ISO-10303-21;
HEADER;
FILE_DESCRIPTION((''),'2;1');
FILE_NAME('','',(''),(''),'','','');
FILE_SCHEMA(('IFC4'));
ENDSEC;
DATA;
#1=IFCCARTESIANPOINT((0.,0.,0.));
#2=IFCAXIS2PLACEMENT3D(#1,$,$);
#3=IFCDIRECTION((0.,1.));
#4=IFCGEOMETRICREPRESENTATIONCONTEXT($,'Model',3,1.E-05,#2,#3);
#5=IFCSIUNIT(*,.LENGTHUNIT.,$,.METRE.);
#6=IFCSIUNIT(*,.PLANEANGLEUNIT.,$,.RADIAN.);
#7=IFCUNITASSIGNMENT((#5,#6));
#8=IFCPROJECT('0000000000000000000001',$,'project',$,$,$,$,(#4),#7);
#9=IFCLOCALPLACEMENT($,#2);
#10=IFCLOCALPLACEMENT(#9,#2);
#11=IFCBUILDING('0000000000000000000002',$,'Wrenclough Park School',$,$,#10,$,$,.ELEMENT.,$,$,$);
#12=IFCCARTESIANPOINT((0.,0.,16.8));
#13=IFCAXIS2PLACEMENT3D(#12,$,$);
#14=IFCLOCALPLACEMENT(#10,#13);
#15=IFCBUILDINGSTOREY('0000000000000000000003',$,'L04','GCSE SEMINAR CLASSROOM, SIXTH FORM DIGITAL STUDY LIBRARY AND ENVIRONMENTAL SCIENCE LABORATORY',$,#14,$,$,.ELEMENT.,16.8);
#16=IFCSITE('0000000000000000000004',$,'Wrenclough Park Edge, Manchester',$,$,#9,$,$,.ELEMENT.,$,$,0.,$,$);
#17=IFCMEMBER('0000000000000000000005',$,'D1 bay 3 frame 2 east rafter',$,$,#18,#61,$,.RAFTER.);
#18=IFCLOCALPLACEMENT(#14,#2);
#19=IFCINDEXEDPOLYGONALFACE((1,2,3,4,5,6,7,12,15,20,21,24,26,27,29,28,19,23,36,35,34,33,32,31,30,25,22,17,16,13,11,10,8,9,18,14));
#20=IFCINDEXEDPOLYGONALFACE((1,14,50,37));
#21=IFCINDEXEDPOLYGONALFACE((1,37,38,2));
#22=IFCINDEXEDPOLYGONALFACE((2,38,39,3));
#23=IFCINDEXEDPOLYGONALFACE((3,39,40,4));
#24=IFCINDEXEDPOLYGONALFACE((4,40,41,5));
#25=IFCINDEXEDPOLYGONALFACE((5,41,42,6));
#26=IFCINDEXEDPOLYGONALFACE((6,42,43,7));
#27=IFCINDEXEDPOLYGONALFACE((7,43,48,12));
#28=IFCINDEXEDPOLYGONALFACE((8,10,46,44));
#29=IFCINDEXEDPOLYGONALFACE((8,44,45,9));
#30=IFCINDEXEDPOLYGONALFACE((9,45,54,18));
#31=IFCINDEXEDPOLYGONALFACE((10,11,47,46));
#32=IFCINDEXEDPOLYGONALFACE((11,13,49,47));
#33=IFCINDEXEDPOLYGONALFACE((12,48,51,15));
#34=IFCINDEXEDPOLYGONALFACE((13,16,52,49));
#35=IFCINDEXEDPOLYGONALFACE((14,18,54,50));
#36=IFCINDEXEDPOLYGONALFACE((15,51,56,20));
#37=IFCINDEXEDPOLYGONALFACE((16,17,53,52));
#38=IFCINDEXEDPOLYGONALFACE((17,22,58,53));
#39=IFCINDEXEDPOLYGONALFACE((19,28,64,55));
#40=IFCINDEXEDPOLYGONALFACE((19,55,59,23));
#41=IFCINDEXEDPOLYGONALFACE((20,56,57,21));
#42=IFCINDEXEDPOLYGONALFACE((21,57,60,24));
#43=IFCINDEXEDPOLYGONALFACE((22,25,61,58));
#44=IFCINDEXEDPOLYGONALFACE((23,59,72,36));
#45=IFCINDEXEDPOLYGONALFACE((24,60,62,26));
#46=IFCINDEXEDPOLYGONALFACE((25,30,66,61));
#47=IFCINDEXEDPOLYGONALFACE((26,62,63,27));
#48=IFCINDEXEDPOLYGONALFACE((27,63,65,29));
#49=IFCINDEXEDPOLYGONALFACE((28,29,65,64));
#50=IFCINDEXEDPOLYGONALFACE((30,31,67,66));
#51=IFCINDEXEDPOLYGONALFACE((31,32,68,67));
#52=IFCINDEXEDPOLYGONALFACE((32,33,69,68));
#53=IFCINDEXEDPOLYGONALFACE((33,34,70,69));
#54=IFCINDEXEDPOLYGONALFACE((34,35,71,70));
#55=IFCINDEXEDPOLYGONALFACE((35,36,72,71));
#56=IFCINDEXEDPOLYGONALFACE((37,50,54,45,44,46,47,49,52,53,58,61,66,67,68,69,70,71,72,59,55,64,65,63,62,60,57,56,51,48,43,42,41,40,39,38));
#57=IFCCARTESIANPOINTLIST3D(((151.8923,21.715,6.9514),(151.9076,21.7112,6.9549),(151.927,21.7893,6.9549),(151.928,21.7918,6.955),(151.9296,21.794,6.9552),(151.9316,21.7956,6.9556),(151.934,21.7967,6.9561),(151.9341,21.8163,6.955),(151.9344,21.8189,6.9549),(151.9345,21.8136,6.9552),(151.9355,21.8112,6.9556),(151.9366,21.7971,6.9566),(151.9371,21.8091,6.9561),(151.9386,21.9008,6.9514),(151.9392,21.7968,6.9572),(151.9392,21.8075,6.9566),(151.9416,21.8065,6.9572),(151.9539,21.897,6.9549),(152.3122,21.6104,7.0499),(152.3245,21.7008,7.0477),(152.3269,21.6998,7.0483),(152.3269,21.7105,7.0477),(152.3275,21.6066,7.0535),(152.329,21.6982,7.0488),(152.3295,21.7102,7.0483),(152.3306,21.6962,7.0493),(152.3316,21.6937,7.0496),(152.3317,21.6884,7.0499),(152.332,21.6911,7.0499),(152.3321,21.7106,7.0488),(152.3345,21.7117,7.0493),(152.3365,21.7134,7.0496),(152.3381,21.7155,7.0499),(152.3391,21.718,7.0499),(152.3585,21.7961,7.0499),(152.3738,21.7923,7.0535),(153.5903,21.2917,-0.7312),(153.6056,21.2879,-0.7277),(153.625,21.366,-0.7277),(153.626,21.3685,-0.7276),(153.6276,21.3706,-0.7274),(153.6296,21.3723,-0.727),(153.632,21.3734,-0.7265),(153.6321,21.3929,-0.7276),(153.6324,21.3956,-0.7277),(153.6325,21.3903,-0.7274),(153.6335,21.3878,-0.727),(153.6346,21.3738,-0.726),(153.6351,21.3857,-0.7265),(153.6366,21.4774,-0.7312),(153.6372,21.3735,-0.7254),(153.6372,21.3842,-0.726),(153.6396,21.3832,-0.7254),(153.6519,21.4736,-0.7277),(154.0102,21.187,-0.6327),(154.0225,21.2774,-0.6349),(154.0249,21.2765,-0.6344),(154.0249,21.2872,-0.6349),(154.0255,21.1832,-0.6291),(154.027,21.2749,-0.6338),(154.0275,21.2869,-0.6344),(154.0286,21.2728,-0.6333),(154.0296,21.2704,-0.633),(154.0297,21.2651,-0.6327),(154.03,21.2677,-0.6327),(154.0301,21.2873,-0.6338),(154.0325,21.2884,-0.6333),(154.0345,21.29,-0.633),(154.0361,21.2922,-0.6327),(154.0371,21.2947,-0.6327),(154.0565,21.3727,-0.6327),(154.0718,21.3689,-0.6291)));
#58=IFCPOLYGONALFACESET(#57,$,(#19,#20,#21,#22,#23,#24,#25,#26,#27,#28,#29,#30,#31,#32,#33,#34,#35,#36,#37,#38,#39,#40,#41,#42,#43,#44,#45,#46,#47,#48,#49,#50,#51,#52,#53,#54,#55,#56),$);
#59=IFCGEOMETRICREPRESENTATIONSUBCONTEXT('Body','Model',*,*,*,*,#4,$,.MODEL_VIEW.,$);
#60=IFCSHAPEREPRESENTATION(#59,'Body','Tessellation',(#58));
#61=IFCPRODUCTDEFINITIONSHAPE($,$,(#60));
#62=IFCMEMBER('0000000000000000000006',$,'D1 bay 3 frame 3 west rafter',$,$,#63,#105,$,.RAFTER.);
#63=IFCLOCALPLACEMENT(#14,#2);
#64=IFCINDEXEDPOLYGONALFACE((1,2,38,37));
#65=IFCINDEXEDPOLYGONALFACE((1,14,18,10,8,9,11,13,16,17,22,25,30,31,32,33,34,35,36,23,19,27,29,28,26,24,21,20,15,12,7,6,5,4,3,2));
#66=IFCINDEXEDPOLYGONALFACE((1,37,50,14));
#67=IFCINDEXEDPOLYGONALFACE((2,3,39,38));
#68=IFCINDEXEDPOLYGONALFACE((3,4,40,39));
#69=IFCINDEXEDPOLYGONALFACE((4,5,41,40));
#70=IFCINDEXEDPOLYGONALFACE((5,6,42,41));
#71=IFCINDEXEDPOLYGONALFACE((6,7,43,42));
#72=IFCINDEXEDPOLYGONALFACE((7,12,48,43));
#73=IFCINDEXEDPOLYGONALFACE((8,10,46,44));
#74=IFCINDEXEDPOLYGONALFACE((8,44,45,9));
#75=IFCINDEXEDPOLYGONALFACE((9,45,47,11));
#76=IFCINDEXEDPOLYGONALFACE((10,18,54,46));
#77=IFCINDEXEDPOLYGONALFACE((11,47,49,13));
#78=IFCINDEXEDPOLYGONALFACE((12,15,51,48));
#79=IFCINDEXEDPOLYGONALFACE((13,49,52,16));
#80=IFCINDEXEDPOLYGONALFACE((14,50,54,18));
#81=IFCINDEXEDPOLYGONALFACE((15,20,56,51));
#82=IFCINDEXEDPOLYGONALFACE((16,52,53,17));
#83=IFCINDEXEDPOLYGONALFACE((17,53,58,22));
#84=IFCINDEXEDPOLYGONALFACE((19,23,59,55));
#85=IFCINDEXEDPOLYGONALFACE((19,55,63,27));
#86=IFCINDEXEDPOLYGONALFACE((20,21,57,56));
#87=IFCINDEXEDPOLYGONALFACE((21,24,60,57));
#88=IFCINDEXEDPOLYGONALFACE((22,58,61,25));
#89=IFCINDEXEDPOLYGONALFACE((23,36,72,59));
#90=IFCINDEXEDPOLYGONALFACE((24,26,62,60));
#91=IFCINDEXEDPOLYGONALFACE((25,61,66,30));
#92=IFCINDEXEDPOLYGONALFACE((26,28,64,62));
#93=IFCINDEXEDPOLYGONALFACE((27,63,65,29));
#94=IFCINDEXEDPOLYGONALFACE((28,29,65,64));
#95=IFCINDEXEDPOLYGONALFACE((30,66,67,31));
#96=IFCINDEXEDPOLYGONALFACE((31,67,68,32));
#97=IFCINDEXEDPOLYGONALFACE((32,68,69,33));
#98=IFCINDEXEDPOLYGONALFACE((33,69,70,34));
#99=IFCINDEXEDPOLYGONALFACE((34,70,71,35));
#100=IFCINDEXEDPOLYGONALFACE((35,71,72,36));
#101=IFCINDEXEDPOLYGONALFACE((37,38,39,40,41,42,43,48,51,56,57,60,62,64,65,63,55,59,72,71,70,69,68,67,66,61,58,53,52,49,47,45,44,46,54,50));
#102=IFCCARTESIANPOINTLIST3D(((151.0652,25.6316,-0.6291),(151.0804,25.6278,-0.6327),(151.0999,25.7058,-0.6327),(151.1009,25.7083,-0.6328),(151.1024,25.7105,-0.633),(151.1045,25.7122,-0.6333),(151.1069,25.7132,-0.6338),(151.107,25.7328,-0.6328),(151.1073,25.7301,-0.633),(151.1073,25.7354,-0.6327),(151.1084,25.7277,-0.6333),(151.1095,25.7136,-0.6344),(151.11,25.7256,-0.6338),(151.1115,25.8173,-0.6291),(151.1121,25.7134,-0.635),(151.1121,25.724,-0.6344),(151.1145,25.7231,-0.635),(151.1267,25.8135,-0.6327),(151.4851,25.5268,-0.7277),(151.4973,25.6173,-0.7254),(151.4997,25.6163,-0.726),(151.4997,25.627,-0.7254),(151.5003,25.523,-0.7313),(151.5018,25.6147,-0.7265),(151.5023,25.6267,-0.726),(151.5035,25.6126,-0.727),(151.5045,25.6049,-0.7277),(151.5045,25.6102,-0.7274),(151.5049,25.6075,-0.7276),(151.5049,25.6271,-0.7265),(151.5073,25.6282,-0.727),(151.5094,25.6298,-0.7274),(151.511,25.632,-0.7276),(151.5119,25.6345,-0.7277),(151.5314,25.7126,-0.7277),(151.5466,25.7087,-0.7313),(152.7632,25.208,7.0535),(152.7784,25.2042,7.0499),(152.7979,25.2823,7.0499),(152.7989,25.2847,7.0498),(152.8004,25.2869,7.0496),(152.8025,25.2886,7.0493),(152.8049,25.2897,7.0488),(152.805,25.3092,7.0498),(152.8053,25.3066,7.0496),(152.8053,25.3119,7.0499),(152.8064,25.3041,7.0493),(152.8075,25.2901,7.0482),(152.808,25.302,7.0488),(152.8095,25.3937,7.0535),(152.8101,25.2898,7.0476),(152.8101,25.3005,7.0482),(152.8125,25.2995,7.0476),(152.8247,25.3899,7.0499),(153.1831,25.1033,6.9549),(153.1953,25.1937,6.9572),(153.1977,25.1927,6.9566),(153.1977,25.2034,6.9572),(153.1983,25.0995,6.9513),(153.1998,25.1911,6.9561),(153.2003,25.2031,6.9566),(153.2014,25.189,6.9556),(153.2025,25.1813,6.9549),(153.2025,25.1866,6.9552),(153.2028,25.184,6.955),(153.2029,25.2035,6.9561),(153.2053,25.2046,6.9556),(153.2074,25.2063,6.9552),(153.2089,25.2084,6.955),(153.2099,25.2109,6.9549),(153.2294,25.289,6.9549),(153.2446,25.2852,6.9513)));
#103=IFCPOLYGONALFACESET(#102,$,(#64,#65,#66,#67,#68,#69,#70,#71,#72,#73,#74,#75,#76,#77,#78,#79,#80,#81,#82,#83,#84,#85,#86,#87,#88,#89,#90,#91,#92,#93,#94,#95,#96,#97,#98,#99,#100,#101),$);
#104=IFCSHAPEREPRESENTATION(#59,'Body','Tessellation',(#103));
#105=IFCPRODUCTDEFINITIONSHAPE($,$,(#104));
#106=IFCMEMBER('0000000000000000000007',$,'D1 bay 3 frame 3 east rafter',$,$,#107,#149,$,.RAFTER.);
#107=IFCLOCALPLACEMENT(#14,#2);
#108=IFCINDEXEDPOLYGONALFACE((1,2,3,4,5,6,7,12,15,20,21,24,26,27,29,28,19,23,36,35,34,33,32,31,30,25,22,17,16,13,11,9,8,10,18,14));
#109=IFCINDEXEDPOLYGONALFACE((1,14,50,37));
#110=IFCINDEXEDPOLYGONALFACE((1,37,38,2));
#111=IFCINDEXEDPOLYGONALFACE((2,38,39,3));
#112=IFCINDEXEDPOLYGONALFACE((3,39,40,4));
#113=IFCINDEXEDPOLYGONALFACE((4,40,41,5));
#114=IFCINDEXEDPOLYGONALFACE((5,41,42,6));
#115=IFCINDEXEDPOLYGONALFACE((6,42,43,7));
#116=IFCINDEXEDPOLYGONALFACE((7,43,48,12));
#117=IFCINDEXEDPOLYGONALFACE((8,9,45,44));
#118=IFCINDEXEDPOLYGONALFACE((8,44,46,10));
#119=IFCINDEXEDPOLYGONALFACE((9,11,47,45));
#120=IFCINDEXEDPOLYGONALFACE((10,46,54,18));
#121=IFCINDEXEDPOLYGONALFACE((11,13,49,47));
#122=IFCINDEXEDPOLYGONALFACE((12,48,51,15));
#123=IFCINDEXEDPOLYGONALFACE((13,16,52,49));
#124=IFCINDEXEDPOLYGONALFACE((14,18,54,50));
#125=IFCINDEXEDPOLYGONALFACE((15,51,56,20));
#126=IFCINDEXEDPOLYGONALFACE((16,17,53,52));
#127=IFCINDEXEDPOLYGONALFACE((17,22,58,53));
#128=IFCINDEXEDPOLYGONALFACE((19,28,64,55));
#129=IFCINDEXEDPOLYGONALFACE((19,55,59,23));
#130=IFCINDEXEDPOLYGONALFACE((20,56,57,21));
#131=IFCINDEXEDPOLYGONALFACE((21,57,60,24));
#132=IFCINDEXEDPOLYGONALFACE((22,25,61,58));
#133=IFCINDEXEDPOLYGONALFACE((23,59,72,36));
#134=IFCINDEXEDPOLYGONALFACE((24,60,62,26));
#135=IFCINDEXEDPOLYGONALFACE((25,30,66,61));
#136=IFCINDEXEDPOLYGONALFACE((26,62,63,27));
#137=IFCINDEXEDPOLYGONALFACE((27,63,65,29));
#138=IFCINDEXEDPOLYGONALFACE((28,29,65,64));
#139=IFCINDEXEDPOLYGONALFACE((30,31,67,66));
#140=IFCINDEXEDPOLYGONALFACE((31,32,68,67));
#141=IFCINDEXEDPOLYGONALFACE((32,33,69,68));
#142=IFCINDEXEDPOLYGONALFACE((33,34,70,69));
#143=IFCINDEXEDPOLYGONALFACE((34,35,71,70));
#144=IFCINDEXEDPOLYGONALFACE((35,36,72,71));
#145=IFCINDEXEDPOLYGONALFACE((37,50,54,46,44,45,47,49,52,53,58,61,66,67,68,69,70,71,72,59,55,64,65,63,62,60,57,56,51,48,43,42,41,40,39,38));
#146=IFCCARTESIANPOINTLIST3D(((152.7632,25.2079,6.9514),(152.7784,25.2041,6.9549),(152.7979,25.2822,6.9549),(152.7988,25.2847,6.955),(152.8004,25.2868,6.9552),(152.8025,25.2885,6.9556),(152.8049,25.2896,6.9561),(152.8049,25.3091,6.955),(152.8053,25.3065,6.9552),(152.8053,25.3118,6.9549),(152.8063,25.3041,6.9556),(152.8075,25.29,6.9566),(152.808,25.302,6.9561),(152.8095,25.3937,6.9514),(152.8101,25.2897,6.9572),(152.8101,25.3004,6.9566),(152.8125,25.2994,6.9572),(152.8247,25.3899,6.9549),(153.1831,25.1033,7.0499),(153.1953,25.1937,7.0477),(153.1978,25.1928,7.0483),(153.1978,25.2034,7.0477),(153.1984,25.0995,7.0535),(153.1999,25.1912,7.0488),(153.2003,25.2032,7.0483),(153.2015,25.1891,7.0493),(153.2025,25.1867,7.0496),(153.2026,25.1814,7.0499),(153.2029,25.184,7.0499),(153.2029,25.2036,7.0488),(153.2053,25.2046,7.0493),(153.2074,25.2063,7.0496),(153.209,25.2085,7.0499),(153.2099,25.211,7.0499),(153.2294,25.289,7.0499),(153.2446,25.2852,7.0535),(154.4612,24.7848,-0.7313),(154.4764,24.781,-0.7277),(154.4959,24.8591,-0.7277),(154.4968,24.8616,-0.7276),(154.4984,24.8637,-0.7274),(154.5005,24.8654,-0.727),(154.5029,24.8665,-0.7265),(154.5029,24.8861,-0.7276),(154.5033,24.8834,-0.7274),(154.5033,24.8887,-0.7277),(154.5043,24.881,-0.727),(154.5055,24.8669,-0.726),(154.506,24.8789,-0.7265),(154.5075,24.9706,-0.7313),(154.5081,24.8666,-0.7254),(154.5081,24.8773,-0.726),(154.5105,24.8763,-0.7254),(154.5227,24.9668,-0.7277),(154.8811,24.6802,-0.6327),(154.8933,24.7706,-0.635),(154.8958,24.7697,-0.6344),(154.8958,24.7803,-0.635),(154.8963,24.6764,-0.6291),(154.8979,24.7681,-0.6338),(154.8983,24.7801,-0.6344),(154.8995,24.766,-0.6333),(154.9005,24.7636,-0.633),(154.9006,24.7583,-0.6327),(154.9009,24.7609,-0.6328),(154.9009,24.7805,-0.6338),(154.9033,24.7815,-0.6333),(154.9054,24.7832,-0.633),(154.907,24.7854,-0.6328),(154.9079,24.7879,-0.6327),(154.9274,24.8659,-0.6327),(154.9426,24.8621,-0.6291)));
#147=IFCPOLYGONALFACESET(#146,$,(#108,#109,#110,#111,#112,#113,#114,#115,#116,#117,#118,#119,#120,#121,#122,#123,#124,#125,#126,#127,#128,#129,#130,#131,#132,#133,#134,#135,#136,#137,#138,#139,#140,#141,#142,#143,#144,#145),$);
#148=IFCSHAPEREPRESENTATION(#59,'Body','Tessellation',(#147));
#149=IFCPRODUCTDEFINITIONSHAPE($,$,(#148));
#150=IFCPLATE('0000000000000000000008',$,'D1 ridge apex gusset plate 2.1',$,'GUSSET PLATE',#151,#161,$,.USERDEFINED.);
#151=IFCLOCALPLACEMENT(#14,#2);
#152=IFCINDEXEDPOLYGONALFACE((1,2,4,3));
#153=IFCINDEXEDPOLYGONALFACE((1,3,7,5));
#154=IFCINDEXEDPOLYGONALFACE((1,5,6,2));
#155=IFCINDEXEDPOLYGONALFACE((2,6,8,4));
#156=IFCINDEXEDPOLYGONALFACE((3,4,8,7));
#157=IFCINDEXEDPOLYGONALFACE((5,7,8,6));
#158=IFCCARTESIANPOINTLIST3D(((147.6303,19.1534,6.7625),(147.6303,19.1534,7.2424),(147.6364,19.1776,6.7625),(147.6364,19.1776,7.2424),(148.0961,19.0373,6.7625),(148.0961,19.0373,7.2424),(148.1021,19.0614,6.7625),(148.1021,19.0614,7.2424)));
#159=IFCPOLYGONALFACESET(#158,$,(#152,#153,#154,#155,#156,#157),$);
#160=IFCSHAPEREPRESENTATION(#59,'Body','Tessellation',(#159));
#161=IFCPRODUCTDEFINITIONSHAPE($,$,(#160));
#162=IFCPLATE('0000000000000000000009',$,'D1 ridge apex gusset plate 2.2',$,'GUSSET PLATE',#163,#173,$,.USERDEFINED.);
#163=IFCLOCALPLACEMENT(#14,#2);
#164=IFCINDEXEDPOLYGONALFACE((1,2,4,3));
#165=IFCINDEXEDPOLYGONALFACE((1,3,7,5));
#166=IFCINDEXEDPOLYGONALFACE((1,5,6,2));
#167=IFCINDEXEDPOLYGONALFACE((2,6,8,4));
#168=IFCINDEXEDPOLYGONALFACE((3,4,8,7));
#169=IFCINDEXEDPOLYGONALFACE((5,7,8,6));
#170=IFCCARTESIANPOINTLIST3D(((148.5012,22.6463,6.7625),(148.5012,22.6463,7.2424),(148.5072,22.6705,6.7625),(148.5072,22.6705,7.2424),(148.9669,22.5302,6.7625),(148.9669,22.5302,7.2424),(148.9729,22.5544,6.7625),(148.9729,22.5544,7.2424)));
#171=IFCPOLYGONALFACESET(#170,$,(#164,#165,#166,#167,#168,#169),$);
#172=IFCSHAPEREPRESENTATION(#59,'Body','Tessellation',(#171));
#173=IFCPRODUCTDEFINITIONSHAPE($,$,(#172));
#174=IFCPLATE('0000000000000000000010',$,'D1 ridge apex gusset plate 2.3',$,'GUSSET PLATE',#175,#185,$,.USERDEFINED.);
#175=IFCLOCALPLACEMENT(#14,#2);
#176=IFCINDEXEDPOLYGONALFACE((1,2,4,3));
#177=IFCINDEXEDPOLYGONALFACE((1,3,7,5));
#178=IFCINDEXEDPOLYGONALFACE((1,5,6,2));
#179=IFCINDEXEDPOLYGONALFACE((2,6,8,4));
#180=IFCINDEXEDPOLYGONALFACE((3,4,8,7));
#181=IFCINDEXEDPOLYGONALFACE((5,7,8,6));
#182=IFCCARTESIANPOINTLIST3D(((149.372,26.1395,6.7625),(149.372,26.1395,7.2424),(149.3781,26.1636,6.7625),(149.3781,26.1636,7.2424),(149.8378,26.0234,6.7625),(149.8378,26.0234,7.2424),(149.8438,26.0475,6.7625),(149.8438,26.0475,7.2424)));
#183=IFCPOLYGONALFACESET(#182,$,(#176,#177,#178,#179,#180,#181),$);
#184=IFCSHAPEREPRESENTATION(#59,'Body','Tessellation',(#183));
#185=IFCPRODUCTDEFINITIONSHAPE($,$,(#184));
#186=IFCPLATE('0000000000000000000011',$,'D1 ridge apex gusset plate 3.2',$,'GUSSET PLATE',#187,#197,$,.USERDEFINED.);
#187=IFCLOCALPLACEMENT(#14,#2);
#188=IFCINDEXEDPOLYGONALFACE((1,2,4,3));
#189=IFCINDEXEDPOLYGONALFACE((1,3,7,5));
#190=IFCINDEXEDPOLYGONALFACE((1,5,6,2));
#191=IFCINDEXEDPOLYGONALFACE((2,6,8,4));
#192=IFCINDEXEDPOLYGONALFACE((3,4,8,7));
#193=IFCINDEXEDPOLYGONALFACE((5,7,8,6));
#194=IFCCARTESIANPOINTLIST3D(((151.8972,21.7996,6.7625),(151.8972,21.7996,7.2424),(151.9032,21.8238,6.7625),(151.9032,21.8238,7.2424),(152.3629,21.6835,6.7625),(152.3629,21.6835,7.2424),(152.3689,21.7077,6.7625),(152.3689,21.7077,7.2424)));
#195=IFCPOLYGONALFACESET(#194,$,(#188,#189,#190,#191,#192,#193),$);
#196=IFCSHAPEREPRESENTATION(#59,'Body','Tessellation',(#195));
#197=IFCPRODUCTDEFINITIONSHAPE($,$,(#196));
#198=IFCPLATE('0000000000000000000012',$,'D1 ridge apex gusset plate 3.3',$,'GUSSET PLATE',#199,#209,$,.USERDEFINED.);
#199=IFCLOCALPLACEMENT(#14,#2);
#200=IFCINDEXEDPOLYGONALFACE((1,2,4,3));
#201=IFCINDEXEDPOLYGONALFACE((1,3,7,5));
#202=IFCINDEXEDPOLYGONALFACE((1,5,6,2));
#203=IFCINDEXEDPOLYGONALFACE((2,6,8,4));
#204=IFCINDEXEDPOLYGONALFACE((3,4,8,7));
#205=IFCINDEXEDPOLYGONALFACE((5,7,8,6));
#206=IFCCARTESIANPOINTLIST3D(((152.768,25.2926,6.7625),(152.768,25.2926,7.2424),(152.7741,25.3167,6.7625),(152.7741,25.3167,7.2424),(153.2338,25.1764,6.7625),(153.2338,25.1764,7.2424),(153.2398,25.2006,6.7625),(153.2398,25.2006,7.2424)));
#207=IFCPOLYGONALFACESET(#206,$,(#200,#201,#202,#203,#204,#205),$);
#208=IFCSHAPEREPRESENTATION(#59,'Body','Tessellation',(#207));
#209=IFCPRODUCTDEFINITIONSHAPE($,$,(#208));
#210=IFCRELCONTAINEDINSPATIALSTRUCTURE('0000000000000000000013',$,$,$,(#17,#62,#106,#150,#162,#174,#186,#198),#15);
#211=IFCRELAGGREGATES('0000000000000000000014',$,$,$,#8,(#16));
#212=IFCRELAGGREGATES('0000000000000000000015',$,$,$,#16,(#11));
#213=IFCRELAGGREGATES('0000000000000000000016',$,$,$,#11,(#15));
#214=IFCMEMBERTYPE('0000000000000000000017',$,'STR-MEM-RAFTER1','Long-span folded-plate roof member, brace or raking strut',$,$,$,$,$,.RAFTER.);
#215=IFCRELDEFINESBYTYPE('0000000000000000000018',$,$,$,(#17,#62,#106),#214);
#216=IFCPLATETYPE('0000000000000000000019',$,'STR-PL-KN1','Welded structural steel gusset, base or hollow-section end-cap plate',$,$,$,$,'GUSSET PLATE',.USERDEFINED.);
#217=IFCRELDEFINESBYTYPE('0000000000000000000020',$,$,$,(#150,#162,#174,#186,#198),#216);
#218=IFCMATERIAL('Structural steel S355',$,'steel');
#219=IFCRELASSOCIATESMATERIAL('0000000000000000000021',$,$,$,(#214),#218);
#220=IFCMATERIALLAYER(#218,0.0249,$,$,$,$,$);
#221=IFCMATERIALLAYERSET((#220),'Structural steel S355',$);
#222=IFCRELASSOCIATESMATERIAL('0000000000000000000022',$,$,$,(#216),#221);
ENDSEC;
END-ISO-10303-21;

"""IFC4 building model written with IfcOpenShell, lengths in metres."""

from ifc_helpers import new_model, si_unit, direction, frame, origin, origin_2d, place, context, subcontext, project, spatial, rectangle, i_section, extrude, material, layer, layer_set, material_profile, profile_set, type_object, element, save


model = new_model("IFC4")

# Units and contexts
model_context = context("Model", 3, precision=1e-05, world=origin(), true_north=direction((0.0, 1.0)))
body_context = subcontext(model_context, "Body", "Model", "MODEL_VIEW")
ifc_project = project(units=[si_unit("LENGTHUNIT", "METRE"), si_unit("PLANEANGLEUNIT", "RADIAN")], contexts=[model_context])

# Site, building, storey
site_placement = place(None, origin())
site = spatial("IfcSite", under=ifc_project, at=site_placement, Name="Wrenclough Park Edge, Manchester", CompositionType="ELEMENT", RefElevation=0.0)
building_placement = place(site_placement, origin())
building = spatial("IfcBuilding", under=site, at=building_placement, Name="Wrenclough Park School", CompositionType="ELEMENT")
storey_placement = place(building_placement, frame((0.0, 0.0, 16.8)))
storey = spatial("IfcBuildingStorey", under=building, at=storey_placement, Name="L04", Description="GCSE SEMINAR CLASSROOM, SIXTH FORM DIGITAL STUDY LIBRARY AND ENVIRONMENTAL SCIENCE LABORATORY", CompositionType="ELEMENT", Elevation=16.8)

# Members
ifc_material_1 = material(Name="Structural steel S355", Category="steel")
ifc_material_profile_1 = material_profile(ifc_material_1, i_section(OverallWidth=0.1914, OverallDepth=0.46, WebThickness=0.01, FlangeThickness=0.0161, FilletRadius=0.0103, at=origin_2d()), Name="UKB 457x191x82")
ifc_profile_set_1 = profile_set([ifc_material_profile_1], Name="Structural steel S355")
member_type_1 = type_object("IfcMemberType", Name="STR-MEM-RAFTER1", Description="Long-span folded-plate roof member, brace or raking strut", PredefinedType="RAFTER", material=ifc_profile_set_1)
for number, where, z_axis, x_axis, name in (
    (1, (152.1331, 21.7537, 7.0024), (0.215498, -0.053727, -0.975025), (0.241912, 0.970298, 0.0), "D1 bay 3 frame 2 east rafter"),
    (2, (151.3059, 25.6702, -0.6802), (0.215498, -0.053758, 0.975023), (0.242043, 0.970265, 0.0), "D1 bay 3 frame 3 west rafter"),
    (3, (153.0039, 25.2466, 7.0024), (0.215499, -0.053696, -0.975027), (0.241781, 0.970331, 0.0), "D1 bay 3 frame 3 east rafter"),
):
    element("IfcMember", number, at=place(storey_placement, frame(where, z_axis=z_axis, x_axis=x_axis)), inside=storey, type_object=member_type_1, Name=name, PredefinedType="RAFTER", context=body_context, shape_type="SweptSolid", body=[
        extrude(i_section(OverallWidth=0.1914, OverallDepth=0.46, WebThickness=0.01, FlangeThickness=0.0161, FilletRadius=0.0103, at=origin_2d()), origin(), (0.0, 0.0, 1.0), 7.8794),
    ])

# Plates
ifc_layer_1 = layer(ifc_material_1, 0.0249)
ifc_layer_set_1 = layer_set([ifc_layer_1], Name="Structural steel S355")
plate_type_1 = type_object("IfcPlateType", Name="STR-PL-KN1", Description="Welded structural steel gusset, base or hollow-section end-cap plate", ElementType="GUSSET PLATE", PredefinedType="USERDEFINED", material=ifc_layer_set_1)
for number, where, z_axis, x_axis, name in (
    (4, (147.8662, 19.1074, 6.7625), (0.0, 0.0, 1.0), (0.970296, -0.241922, 0.0), "D1 ridge apex gusset plate 2.1"),
    (5, (148.7371, 22.6003, 6.7625), (0.0, 0.0, 1.0), (0.970296, -0.241922, 0.0), "D1 ridge apex gusset plate 2.2"),
    (6, (149.6079, 26.0935, 6.7625), (0.0, 0.0, 1.0), (0.970296, -0.241922, 0.0), "D1 ridge apex gusset plate 2.3"),
    (7, (152.1331, 21.7537, 6.7625), (0.0, 0.0, 1.0), (0.970296, -0.241922, 0.0), "D1 ridge apex gusset plate 3.2"),
    (8, (153.0039, 25.2466, 6.7625), (0.0, 0.0, 1.0), (0.970296, -0.241922, 0.0), "D1 ridge apex gusset plate 3.3"),
):
    element("IfcPlate", number, at=place(storey_placement, frame(where, z_axis=z_axis, x_axis=x_axis)), inside=storey, type_object=plate_type_1, Name=name, ObjectType="GUSSET PLATE", PredefinedType="USERDEFINED", context=body_context, shape_type="SweptSolid", body=[
        extrude(rectangle(XDim=0.48, YDim=0.0249, at=origin_2d()), origin(), (0.0, 0.0, 1.0), 0.48),
    ])

save(model, "model.ifc")
